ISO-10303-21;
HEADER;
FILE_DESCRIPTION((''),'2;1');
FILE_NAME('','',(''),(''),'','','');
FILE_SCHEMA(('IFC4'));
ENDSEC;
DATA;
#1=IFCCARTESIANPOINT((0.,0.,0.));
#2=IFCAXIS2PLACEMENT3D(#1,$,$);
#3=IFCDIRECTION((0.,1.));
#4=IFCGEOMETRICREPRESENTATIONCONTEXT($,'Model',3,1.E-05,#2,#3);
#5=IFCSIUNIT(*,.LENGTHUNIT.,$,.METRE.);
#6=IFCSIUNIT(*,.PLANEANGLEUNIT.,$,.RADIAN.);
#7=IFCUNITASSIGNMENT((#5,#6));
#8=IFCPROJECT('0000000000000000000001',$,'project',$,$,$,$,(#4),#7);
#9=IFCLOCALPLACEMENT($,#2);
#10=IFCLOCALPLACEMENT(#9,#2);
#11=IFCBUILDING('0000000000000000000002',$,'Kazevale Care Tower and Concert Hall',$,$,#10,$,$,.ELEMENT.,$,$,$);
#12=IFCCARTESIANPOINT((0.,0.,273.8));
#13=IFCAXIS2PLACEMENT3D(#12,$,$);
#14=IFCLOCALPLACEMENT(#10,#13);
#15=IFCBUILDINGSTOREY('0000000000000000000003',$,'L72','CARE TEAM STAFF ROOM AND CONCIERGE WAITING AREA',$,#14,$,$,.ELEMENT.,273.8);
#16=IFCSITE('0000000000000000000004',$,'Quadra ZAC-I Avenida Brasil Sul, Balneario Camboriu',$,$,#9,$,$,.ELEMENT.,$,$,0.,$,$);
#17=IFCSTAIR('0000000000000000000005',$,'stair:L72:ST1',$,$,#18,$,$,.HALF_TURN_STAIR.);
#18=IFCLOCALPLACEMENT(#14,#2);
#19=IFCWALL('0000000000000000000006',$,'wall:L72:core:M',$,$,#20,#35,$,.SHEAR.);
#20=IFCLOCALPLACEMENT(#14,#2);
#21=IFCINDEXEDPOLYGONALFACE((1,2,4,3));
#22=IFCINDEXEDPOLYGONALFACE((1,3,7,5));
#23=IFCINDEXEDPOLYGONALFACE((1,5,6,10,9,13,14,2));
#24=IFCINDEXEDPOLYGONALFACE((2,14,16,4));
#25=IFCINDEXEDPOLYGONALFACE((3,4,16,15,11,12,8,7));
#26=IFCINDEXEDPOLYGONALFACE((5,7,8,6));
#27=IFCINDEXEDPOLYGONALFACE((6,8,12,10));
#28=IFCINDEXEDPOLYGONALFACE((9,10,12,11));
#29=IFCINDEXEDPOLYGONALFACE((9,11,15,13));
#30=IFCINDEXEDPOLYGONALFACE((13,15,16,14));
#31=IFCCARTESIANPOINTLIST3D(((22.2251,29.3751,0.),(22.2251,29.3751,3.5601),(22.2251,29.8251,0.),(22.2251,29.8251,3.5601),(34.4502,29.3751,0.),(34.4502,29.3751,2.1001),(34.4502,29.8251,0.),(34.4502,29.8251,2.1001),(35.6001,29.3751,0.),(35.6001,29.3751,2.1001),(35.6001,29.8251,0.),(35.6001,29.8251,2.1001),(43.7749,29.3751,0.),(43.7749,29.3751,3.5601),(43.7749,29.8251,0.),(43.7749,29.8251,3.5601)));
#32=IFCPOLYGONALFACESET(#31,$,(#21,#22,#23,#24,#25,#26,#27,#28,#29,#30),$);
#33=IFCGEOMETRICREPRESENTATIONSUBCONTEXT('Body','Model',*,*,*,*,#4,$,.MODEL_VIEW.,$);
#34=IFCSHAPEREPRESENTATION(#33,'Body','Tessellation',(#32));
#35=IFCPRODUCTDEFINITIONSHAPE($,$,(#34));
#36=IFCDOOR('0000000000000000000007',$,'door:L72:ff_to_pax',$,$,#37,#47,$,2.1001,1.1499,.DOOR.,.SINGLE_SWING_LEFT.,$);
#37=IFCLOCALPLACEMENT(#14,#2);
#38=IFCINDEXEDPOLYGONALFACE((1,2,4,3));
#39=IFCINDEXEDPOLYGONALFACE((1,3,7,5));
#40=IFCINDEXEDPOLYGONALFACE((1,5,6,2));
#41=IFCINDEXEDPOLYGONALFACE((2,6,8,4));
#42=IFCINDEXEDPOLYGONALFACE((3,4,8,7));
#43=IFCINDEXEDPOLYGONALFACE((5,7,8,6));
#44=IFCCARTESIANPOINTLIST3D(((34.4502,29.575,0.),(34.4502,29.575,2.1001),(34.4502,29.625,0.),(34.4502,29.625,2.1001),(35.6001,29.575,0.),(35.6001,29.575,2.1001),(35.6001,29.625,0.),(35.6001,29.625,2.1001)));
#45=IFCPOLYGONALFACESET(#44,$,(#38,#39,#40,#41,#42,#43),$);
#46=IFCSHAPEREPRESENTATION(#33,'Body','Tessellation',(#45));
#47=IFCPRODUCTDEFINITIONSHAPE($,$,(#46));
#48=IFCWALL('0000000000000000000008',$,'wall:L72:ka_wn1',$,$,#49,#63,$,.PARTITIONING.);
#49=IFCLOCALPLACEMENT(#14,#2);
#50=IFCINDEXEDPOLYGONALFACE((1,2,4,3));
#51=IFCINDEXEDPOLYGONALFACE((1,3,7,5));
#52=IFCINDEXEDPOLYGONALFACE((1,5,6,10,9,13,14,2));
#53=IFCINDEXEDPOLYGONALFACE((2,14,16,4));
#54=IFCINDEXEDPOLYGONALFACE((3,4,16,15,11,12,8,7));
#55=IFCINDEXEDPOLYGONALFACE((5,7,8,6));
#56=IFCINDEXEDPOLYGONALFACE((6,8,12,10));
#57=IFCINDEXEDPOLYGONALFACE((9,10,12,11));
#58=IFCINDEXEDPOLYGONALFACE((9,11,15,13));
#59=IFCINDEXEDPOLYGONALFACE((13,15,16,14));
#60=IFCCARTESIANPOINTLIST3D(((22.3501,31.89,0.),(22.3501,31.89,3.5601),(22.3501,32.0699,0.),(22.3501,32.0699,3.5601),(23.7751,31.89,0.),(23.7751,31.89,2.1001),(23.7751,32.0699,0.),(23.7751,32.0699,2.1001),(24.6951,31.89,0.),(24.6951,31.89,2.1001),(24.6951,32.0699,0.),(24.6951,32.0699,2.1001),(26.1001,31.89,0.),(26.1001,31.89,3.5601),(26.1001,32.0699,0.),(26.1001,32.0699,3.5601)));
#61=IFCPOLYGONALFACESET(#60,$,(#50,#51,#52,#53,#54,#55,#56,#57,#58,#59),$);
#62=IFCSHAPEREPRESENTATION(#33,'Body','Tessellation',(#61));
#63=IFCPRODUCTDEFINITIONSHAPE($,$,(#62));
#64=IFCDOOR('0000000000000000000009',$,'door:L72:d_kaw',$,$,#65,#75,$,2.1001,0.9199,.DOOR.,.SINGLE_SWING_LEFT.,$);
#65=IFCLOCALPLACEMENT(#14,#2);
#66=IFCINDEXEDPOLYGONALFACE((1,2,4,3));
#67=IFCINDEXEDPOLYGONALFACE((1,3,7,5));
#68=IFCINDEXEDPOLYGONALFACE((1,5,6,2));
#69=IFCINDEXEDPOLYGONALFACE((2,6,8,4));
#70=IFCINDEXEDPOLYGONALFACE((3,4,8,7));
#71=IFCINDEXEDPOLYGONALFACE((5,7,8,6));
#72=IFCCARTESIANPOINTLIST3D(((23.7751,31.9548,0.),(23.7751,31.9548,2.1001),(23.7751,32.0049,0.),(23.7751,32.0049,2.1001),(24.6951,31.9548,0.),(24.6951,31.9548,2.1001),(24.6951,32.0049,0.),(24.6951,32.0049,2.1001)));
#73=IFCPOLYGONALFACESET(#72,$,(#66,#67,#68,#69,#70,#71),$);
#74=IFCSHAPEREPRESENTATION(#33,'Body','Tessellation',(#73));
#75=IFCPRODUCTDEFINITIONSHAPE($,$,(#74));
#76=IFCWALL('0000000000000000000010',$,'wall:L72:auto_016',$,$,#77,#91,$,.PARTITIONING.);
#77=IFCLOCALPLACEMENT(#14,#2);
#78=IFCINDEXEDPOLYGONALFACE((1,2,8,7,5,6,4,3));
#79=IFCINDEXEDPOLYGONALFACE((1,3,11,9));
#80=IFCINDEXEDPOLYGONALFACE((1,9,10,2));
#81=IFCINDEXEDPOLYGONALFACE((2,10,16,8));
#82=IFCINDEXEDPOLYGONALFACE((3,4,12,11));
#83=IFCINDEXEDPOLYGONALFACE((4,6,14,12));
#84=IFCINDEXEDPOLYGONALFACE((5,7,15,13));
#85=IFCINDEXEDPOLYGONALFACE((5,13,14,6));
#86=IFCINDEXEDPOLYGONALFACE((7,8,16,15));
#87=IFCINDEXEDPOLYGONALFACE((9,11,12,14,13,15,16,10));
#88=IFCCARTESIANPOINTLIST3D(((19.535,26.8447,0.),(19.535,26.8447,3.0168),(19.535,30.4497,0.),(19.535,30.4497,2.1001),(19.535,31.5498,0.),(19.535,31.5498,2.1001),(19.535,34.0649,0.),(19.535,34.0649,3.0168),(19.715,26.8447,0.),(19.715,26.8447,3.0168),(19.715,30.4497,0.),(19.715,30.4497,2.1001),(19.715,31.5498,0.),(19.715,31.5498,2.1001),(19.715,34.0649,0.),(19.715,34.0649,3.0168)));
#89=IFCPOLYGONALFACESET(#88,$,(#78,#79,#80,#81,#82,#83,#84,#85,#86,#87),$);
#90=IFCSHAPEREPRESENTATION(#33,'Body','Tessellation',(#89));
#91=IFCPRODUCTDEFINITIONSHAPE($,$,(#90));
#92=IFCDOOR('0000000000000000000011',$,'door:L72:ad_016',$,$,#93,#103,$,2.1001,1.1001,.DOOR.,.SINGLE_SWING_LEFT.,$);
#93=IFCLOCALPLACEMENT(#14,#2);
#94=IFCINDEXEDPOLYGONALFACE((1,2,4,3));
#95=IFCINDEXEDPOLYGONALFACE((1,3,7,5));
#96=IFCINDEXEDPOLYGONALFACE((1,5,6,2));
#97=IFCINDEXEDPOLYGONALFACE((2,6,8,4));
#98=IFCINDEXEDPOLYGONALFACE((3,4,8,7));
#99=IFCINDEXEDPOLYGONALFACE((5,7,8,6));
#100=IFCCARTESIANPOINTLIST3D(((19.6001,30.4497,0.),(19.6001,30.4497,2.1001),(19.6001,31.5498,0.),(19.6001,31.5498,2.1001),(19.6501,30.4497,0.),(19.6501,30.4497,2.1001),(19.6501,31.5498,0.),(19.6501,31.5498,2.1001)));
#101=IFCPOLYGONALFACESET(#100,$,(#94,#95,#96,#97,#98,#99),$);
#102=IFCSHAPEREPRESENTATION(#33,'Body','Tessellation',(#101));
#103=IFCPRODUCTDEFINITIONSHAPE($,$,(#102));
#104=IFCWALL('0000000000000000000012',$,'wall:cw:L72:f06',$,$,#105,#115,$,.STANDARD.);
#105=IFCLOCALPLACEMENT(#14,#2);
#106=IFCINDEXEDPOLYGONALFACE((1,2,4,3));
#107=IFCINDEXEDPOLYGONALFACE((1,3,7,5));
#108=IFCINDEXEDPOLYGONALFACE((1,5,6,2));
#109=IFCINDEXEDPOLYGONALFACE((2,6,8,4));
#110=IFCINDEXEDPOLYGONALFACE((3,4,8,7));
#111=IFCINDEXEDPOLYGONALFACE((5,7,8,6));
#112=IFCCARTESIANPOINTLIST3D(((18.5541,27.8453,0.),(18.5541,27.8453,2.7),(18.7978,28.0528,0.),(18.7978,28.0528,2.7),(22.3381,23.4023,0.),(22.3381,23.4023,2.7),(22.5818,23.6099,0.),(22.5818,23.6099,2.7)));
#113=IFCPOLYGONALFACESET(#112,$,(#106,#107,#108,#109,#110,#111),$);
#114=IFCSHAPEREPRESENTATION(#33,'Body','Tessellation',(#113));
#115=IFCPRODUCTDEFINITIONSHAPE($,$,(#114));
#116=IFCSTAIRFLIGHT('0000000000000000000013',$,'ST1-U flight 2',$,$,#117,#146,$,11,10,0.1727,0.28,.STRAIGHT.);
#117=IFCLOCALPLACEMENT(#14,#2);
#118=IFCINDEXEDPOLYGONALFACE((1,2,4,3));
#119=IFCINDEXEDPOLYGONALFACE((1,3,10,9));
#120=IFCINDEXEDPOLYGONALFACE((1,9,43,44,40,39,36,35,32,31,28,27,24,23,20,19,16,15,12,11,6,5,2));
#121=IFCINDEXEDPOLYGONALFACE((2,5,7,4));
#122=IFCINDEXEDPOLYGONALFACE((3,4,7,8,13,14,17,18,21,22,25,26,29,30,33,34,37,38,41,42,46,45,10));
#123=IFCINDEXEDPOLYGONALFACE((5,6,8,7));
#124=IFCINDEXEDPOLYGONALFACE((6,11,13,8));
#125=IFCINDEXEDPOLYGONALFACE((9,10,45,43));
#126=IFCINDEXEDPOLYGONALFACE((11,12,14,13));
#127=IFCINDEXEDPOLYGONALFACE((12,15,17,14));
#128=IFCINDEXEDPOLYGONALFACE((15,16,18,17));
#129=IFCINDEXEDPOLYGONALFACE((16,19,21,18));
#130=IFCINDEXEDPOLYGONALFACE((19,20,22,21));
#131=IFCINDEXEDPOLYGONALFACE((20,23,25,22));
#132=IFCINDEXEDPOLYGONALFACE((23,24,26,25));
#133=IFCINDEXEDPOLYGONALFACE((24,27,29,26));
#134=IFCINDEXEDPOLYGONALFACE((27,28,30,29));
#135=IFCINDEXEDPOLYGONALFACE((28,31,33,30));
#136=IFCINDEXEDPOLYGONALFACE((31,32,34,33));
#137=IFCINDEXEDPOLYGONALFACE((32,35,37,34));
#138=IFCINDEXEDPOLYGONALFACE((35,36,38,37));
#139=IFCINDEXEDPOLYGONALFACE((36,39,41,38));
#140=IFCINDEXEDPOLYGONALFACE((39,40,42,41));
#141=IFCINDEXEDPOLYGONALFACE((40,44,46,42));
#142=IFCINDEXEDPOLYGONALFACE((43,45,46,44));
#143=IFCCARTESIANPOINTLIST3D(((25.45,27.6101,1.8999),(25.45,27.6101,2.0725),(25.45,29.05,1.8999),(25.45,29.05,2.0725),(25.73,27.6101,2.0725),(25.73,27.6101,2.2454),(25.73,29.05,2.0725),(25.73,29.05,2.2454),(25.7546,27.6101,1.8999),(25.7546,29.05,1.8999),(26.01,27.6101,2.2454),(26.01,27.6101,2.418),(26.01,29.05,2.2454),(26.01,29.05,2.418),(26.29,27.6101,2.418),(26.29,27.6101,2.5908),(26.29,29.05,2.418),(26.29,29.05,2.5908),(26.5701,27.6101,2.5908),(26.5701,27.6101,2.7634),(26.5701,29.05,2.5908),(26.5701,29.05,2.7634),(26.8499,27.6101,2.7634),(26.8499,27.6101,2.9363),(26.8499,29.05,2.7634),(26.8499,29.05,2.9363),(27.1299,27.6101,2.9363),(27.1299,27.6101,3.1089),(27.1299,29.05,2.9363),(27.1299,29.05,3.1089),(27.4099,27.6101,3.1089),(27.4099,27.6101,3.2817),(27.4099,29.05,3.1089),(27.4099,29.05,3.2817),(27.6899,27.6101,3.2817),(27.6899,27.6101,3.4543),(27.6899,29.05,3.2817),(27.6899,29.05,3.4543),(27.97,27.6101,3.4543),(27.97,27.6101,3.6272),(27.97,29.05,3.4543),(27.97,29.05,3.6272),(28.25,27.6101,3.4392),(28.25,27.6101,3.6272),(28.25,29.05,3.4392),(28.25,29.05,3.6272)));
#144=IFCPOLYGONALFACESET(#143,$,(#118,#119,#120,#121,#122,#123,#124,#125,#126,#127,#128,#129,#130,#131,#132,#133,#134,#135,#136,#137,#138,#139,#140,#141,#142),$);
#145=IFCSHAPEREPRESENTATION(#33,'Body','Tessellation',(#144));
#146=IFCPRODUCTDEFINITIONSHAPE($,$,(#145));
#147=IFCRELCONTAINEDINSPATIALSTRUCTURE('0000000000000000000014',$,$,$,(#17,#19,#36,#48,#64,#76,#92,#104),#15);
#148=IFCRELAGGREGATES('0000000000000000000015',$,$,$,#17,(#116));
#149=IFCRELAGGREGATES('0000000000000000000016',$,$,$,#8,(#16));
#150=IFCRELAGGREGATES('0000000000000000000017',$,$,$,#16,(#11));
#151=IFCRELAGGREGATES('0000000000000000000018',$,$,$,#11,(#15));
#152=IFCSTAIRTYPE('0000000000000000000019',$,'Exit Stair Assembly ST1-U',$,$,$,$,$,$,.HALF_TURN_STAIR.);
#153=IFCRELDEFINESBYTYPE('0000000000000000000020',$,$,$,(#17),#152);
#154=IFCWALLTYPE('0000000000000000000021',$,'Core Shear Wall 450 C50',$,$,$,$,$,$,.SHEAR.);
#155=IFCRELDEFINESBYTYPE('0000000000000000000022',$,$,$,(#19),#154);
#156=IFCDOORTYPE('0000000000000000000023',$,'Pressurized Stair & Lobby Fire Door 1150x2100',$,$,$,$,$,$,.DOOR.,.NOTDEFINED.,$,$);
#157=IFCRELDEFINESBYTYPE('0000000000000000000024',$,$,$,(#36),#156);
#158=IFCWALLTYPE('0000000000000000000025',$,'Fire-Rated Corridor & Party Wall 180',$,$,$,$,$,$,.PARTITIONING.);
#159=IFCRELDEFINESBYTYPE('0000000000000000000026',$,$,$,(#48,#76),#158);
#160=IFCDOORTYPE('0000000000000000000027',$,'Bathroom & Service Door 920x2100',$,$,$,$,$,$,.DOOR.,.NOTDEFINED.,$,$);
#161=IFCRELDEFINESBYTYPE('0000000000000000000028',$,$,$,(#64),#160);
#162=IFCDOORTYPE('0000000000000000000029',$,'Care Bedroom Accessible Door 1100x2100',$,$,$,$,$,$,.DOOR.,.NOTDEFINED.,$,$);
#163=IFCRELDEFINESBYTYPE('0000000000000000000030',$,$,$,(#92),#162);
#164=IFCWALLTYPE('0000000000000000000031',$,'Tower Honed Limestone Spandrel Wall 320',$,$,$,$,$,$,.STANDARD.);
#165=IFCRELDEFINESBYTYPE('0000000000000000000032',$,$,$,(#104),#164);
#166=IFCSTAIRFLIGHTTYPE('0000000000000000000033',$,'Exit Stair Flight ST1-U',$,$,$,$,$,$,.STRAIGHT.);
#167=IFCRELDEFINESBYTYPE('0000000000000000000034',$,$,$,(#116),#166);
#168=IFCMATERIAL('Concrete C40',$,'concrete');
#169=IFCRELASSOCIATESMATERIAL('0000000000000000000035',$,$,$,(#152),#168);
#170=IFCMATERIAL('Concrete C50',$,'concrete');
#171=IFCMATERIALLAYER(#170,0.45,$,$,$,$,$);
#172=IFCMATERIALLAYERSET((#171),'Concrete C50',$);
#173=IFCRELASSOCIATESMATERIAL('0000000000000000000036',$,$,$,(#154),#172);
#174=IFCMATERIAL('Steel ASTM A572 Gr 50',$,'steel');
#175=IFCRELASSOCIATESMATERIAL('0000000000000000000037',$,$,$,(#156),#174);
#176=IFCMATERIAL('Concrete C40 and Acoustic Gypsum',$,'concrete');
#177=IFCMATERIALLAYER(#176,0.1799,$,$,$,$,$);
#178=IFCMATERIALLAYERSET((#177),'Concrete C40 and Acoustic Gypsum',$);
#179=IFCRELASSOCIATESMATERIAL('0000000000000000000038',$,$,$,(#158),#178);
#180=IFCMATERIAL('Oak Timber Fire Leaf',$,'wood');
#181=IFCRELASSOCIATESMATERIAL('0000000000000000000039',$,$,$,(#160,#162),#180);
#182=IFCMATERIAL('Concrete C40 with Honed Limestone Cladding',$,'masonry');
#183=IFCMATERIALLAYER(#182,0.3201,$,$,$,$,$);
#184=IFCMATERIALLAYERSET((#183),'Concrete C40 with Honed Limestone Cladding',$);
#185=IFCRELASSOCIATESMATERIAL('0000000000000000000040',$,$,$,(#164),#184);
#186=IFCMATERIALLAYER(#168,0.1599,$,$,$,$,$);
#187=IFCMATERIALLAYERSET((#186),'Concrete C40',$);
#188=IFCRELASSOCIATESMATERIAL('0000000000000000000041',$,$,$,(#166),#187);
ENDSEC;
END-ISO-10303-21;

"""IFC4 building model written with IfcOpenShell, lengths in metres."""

from ifc_helpers import new_model, si_unit, direction, frame, frame_2d, origin, place, context, subcontext, project, spatial, polyline, rectangle, outline, extrude, material, layer, layer_set, type_object, element, fill, aggregate, save


model = new_model("IFC4")

# Units and contexts
model_context = context("Model", 3, precision=1e-05, world=origin(), true_north=direction((0.0, 1.0)))
body_context = subcontext(model_context, "Body", "Model", "MODEL_VIEW")
ifc_project = project(units=[si_unit("LENGTHUNIT", "METRE"), si_unit("PLANEANGLEUNIT", "RADIAN")], contexts=[model_context])

# Site, building, storey
site_placement = place(None, origin())
site = spatial("IfcSite", under=ifc_project, at=site_placement, Name="Quadra ZAC-I Avenida Brasil Sul, Balneario Camboriu", CompositionType="ELEMENT", RefElevation=0.0)
building_placement = place(site_placement, origin())
building = spatial("IfcBuilding", under=site, at=building_placement, Name="Kazevale Care Tower and Concert Hall", CompositionType="ELEMENT")
storey_placement = place(building_placement, frame((0.0, 0.0, 273.8)))
storey = spatial("IfcBuildingStorey", under=building, at=storey_placement, Name="L72", Description="CARE TEAM STAFF ROOM AND CONCIERGE WAITING AREA", CompositionType="ELEMENT", Elevation=273.8)

# Shared definitions
ifc_material_1 = material(Name="Concrete C50", Category="concrete")

# Shared definitions
ifc_material_2 = material(Name="Steel ASTM A572 Gr 50", Category="steel")

# Shared definitions
ifc_material_3 = material(Name="Concrete C40", Category="concrete")

# Stair
stair_type = type_object("IfcStairType", Name="Exit Stair Assembly ST1-U", PredefinedType="HALF_TURN_STAIR", material=ifc_material_3)
stair_1_placement = place(storey_placement, origin())
stair_1 = element("IfcStair", 1, at=stair_1_placement, inside=storey, type_object=stair_type, Name="stair:L72:ST1", PredefinedType="HALF_TURN_STAIR")

# Shared definitions
ifc_layer_1 = layer(ifc_material_1, 0.45)
ifc_layer_set_1 = layer_set([ifc_layer_1], Name="Concrete C50")
wall_type_1 = type_object("IfcWallType", Name="Core Shear Wall 450 C50", PredefinedType="SHEAR", material=ifc_layer_set_1)

# Walls, openings, doors
wall_1_placement = place(storey_placement, frame((22.2251, 29.6001, 0.0), z_axis=(0.0, 0.0, 1.0), x_axis=(1.0, 0.0, 0.0)))
wall_1 = element("IfcWall", 2, at=wall_1_placement, inside=storey, type_object=wall_type_1, Name="wall:L72:core:M", PredefinedType="SHEAR", context=body_context, shape_type="SweptSolid", body=[
    extrude(rectangle(XDim=21.5498, YDim=0.45, at=frame_2d((10.7749, 0.0))), origin(), (0.0, 0.0, 1.0), 3.5601),
])
opening_1_placement = place(wall_1_placement, frame((12.2251, 0.0, 0.0)))
opening_1 = element("IfcOpeningElement", 3, at=opening_1_placement, cuts=wall_1, PredefinedType="OPENING", context=body_context, shape_type="SweptSolid", body=[
    extrude(rectangle(XDim=1.1499, YDim=2.1001, at=frame_2d((0.575, 1.05))), frame((0.0, 0.2349, 0.0), z_axis=(0.0, -1.0, 0.0), x_axis=(1.0, 0.0, 0.0)), (0.0, 0.0, 1.0), 0.47),
])
door_type_1 = type_object("IfcDoorType", Name="Pressurized Stair & Lobby Fire Door 1150x2100", OperationType="NOTDEFINED", PredefinedType="DOOR", material=ifc_material_2)
door_1_placement = place(opening_1_placement, origin())
door_1 = element("IfcDoor", 4, at=door_1_placement, inside=storey, type_object=door_type_1, Name="door:L72:ff_to_pax", OperationType="SINGLE_SWING_LEFT", OverallHeight=2.1001, OverallWidth=1.1499, PredefinedType="DOOR", context=body_context, shape_type="SweptSolid", body=[
    extrude(rectangle(XDim=1.1499, YDim=2.1001, at=frame_2d((0.575, 1.05))), frame((0.0, 0.0249, 0.0), z_axis=(0.0, -1.0, 0.0), x_axis=(1.0, 0.0, 0.0)), (0.0, 0.0, 1.0), 0.05),
])
fill(opening_1, door_1)
ifc_material_4 = material(Name="Concrete C40 and Acoustic Gypsum", Category="concrete")
ifc_layer_2 = layer(ifc_material_4, 0.1799)
ifc_layer_set_2 = layer_set([ifc_layer_2], Name="Concrete C40 and Acoustic Gypsum")
wall_type_2 = type_object("IfcWallType", Name="Fire-Rated Corridor & Party Wall 180", PredefinedType="PARTITIONING", material=ifc_layer_set_2)
wall_2_placement = place(storey_placement, frame((22.3501, 31.98, 0.0), z_axis=(0.0, 0.0, 1.0), x_axis=(1.0, 0.0, 0.0)))
wall_2 = element("IfcWall", 5, at=wall_2_placement, inside=storey, type_object=wall_type_2, Name="wall:L72:ka_wn1", PredefinedType="PARTITIONING", context=body_context, shape_type="SweptSolid", body=[
    extrude(rectangle(XDim=3.75, YDim=0.1799, at=frame_2d((1.875, 0.0))), origin(), (0.0, 0.0, 1.0), 3.5601),
])
opening_2_placement = place(wall_2_placement, frame((1.425, 0.0, 0.0)))
opening_2 = element("IfcOpeningElement", 6, at=opening_2_placement, cuts=wall_2, PredefinedType="OPENING", context=body_context, shape_type="SweptSolid", body=[
    extrude(rectangle(XDim=0.9199, YDim=2.1001, at=frame_2d((0.46, 1.05))), frame((0.0, 0.0999, 0.0), z_axis=(0.0, -1.0, 0.0), x_axis=(1.0, 0.0, 0.0)), (0.0, 0.0, 1.0), 0.2),
])
ifc_material_5 = material(Name="Oak Timber Fire Leaf", Category="wood")
door_type_2 = type_object("IfcDoorType", Name="Bathroom & Service Door 920x2100", OperationType="NOTDEFINED", PredefinedType="DOOR", material=ifc_material_5)
door_2_placement = place(opening_2_placement, origin())
door_2 = element("IfcDoor", 7, at=door_2_placement, inside=storey, type_object=door_type_2, Name="door:L72:d_kaw", OperationType="SINGLE_SWING_LEFT", OverallHeight=2.1001, OverallWidth=0.9199, PredefinedType="DOOR", context=body_context, shape_type="SweptSolid", body=[
    extrude(rectangle(XDim=0.9199, YDim=2.1001, at=frame_2d((0.46, 1.05))), frame((0.0, 0.0249, 0.0), z_axis=(0.0, -1.0, 0.0), x_axis=(1.0, 0.0, 0.0)), (0.0, 0.0, 1.0), 0.05),
])
fill(opening_2, door_2)
wall_3_placement = place(storey_placement, frame((19.625, 26.8447, 0.0), z_axis=(0.0, 0.0, 1.0), x_axis=(0.0, 1.0, 0.0)))
wall_3 = element("IfcWall", 8, at=wall_3_placement, inside=storey, type_object=wall_type_2, Name="wall:L72:auto_016", PredefinedType="PARTITIONING", context=body_context, shape_type="SweptSolid", body=[
    extrude(rectangle(XDim=7.2202, YDim=0.1799, at=frame_2d((3.6101, 0.0))), origin(), (0.0, 0.0, 1.0), 3.0168),
])
opening_3_placement = place(wall_3_placement, frame((3.605, 0.0, 0.0)))
opening_3 = element("IfcOpeningElement", 9, at=opening_3_placement, cuts=wall_3, PredefinedType="OPENING", context=body_context, shape_type="SweptSolid", body=[
    extrude(rectangle(XDim=1.1001, YDim=2.1001, at=frame_2d((0.55, 1.05))), frame((0.0, 0.0999, 0.0), z_axis=(0.0, -1.0, 0.0), x_axis=(1.0, 0.0, 0.0)), (0.0, 0.0, 1.0), 0.2),
])
door_type_3 = type_object("IfcDoorType", Name="Care Bedroom Accessible Door 1100x2100", OperationType="NOTDEFINED", PredefinedType="DOOR", material=ifc_material_5)
door_3_placement = place(opening_3_placement, origin())
door_3 = element("IfcDoor", 10, at=door_3_placement, inside=storey, type_object=door_type_3, Name="door:L72:ad_016", OperationType="SINGLE_SWING_LEFT", OverallHeight=2.1001, OverallWidth=1.1001, PredefinedType="DOOR", context=body_context, shape_type="SweptSolid", body=[
    extrude(rectangle(XDim=1.1001, YDim=2.1001, at=frame_2d((0.55, 1.05))), frame((0.0, 0.0249, 0.0), z_axis=(0.0, -1.0, 0.0), x_axis=(1.0, 0.0, 0.0)), (0.0, 0.0, 1.0), 0.05),
])
fill(opening_3, door_3)

# Wall
ifc_material_6 = material(Name="Concrete C40 with Honed Limestone Cladding", Category="masonry")
ifc_layer_3 = layer(ifc_material_6, 0.3201)
ifc_layer_set_3 = layer_set([ifc_layer_3], Name="Concrete C40 with Honed Limestone Cladding")
wall_type_3 = type_object("IfcWallType", Name="Tower Honed Limestone Spandrel Wall 320", PredefinedType="STANDARD", material=ifc_layer_set_3)
wall_4_placement = place(storey_placement, frame((22.46, 23.5061, 0.0), z_axis=(0.0, 0.0, 1.0), x_axis=(-0.648394, 0.761305, 0.0)))
element("IfcWall", 11, at=wall_4_placement, inside=storey, type_object=wall_type_3, Name="wall:cw:L72:f06", PredefinedType="STANDARD", context=body_context, shape_type="SweptSolid", body=[
    extrude(rectangle(XDim=5.8359, YDim=0.3201, at=frame_2d((2.918, 0.0))), origin(), (0.0, 0.0, 1.0), 2.7),
])

# Stair flight
ifc_layer_4 = layer(ifc_material_3, 0.1599)
ifc_layer_set_4 = layer_set([ifc_layer_4], Name="Concrete C40")
stair_flight_type = type_object("IfcStairFlightType", Name="Exit Stair Flight ST1-U", PredefinedType="STRAIGHT", material=ifc_layer_set_4)
stair_flight_placement = place(storey_placement, frame((25.45, 28.3301, 1.8999), z_axis=(0.0, 0.0, 1.0), x_axis=(1.0, 0.0, 0.0)))
stair_flight = element("IfcStairFlight", 12, at=stair_flight_placement, type_object=stair_flight_type, Name="ST1-U flight 2", NumberOfRisers=11, NumberOfTreads=10, PredefinedType="STRAIGHT", RiserHeight=0.1727, TreadLength=0.28, context=body_context, shape_type="SweptSolid", body=[
    extrude(outline(polyline([(0.0, 0.0), (0.0, 0.1726), (0.28, 0.1726), (0.28, 0.3455), (0.5601, 0.3455), (0.5601, 0.5181), (0.8401, 0.5181), (0.8401, 0.6909), (1.1201, 0.6909), (1.1201, 0.8635), (1.3999, 0.8635), (1.3999, 1.0364), (1.6799, 1.0364), (1.6799, 1.209), (1.96, 1.209), (1.96, 1.3818), (2.24, 1.3818), (2.24, 1.5544), (2.52, 1.5544), (2.52, 1.7273), (2.8, 1.7273), (2.8, 1.8999), (2.8, 1.5393), (0.3047, 0.0), (0.0, 0.0)])), frame((0.0, 0.72, 0.0), z_axis=(0.0, -1.0, 0.0), x_axis=(1.0, 0.0, 0.0)), (0.0, 0.0, 1.0), 1.4399),
])
aggregate(stair_1, [stair_flight])

save(model, "model.ifc")
